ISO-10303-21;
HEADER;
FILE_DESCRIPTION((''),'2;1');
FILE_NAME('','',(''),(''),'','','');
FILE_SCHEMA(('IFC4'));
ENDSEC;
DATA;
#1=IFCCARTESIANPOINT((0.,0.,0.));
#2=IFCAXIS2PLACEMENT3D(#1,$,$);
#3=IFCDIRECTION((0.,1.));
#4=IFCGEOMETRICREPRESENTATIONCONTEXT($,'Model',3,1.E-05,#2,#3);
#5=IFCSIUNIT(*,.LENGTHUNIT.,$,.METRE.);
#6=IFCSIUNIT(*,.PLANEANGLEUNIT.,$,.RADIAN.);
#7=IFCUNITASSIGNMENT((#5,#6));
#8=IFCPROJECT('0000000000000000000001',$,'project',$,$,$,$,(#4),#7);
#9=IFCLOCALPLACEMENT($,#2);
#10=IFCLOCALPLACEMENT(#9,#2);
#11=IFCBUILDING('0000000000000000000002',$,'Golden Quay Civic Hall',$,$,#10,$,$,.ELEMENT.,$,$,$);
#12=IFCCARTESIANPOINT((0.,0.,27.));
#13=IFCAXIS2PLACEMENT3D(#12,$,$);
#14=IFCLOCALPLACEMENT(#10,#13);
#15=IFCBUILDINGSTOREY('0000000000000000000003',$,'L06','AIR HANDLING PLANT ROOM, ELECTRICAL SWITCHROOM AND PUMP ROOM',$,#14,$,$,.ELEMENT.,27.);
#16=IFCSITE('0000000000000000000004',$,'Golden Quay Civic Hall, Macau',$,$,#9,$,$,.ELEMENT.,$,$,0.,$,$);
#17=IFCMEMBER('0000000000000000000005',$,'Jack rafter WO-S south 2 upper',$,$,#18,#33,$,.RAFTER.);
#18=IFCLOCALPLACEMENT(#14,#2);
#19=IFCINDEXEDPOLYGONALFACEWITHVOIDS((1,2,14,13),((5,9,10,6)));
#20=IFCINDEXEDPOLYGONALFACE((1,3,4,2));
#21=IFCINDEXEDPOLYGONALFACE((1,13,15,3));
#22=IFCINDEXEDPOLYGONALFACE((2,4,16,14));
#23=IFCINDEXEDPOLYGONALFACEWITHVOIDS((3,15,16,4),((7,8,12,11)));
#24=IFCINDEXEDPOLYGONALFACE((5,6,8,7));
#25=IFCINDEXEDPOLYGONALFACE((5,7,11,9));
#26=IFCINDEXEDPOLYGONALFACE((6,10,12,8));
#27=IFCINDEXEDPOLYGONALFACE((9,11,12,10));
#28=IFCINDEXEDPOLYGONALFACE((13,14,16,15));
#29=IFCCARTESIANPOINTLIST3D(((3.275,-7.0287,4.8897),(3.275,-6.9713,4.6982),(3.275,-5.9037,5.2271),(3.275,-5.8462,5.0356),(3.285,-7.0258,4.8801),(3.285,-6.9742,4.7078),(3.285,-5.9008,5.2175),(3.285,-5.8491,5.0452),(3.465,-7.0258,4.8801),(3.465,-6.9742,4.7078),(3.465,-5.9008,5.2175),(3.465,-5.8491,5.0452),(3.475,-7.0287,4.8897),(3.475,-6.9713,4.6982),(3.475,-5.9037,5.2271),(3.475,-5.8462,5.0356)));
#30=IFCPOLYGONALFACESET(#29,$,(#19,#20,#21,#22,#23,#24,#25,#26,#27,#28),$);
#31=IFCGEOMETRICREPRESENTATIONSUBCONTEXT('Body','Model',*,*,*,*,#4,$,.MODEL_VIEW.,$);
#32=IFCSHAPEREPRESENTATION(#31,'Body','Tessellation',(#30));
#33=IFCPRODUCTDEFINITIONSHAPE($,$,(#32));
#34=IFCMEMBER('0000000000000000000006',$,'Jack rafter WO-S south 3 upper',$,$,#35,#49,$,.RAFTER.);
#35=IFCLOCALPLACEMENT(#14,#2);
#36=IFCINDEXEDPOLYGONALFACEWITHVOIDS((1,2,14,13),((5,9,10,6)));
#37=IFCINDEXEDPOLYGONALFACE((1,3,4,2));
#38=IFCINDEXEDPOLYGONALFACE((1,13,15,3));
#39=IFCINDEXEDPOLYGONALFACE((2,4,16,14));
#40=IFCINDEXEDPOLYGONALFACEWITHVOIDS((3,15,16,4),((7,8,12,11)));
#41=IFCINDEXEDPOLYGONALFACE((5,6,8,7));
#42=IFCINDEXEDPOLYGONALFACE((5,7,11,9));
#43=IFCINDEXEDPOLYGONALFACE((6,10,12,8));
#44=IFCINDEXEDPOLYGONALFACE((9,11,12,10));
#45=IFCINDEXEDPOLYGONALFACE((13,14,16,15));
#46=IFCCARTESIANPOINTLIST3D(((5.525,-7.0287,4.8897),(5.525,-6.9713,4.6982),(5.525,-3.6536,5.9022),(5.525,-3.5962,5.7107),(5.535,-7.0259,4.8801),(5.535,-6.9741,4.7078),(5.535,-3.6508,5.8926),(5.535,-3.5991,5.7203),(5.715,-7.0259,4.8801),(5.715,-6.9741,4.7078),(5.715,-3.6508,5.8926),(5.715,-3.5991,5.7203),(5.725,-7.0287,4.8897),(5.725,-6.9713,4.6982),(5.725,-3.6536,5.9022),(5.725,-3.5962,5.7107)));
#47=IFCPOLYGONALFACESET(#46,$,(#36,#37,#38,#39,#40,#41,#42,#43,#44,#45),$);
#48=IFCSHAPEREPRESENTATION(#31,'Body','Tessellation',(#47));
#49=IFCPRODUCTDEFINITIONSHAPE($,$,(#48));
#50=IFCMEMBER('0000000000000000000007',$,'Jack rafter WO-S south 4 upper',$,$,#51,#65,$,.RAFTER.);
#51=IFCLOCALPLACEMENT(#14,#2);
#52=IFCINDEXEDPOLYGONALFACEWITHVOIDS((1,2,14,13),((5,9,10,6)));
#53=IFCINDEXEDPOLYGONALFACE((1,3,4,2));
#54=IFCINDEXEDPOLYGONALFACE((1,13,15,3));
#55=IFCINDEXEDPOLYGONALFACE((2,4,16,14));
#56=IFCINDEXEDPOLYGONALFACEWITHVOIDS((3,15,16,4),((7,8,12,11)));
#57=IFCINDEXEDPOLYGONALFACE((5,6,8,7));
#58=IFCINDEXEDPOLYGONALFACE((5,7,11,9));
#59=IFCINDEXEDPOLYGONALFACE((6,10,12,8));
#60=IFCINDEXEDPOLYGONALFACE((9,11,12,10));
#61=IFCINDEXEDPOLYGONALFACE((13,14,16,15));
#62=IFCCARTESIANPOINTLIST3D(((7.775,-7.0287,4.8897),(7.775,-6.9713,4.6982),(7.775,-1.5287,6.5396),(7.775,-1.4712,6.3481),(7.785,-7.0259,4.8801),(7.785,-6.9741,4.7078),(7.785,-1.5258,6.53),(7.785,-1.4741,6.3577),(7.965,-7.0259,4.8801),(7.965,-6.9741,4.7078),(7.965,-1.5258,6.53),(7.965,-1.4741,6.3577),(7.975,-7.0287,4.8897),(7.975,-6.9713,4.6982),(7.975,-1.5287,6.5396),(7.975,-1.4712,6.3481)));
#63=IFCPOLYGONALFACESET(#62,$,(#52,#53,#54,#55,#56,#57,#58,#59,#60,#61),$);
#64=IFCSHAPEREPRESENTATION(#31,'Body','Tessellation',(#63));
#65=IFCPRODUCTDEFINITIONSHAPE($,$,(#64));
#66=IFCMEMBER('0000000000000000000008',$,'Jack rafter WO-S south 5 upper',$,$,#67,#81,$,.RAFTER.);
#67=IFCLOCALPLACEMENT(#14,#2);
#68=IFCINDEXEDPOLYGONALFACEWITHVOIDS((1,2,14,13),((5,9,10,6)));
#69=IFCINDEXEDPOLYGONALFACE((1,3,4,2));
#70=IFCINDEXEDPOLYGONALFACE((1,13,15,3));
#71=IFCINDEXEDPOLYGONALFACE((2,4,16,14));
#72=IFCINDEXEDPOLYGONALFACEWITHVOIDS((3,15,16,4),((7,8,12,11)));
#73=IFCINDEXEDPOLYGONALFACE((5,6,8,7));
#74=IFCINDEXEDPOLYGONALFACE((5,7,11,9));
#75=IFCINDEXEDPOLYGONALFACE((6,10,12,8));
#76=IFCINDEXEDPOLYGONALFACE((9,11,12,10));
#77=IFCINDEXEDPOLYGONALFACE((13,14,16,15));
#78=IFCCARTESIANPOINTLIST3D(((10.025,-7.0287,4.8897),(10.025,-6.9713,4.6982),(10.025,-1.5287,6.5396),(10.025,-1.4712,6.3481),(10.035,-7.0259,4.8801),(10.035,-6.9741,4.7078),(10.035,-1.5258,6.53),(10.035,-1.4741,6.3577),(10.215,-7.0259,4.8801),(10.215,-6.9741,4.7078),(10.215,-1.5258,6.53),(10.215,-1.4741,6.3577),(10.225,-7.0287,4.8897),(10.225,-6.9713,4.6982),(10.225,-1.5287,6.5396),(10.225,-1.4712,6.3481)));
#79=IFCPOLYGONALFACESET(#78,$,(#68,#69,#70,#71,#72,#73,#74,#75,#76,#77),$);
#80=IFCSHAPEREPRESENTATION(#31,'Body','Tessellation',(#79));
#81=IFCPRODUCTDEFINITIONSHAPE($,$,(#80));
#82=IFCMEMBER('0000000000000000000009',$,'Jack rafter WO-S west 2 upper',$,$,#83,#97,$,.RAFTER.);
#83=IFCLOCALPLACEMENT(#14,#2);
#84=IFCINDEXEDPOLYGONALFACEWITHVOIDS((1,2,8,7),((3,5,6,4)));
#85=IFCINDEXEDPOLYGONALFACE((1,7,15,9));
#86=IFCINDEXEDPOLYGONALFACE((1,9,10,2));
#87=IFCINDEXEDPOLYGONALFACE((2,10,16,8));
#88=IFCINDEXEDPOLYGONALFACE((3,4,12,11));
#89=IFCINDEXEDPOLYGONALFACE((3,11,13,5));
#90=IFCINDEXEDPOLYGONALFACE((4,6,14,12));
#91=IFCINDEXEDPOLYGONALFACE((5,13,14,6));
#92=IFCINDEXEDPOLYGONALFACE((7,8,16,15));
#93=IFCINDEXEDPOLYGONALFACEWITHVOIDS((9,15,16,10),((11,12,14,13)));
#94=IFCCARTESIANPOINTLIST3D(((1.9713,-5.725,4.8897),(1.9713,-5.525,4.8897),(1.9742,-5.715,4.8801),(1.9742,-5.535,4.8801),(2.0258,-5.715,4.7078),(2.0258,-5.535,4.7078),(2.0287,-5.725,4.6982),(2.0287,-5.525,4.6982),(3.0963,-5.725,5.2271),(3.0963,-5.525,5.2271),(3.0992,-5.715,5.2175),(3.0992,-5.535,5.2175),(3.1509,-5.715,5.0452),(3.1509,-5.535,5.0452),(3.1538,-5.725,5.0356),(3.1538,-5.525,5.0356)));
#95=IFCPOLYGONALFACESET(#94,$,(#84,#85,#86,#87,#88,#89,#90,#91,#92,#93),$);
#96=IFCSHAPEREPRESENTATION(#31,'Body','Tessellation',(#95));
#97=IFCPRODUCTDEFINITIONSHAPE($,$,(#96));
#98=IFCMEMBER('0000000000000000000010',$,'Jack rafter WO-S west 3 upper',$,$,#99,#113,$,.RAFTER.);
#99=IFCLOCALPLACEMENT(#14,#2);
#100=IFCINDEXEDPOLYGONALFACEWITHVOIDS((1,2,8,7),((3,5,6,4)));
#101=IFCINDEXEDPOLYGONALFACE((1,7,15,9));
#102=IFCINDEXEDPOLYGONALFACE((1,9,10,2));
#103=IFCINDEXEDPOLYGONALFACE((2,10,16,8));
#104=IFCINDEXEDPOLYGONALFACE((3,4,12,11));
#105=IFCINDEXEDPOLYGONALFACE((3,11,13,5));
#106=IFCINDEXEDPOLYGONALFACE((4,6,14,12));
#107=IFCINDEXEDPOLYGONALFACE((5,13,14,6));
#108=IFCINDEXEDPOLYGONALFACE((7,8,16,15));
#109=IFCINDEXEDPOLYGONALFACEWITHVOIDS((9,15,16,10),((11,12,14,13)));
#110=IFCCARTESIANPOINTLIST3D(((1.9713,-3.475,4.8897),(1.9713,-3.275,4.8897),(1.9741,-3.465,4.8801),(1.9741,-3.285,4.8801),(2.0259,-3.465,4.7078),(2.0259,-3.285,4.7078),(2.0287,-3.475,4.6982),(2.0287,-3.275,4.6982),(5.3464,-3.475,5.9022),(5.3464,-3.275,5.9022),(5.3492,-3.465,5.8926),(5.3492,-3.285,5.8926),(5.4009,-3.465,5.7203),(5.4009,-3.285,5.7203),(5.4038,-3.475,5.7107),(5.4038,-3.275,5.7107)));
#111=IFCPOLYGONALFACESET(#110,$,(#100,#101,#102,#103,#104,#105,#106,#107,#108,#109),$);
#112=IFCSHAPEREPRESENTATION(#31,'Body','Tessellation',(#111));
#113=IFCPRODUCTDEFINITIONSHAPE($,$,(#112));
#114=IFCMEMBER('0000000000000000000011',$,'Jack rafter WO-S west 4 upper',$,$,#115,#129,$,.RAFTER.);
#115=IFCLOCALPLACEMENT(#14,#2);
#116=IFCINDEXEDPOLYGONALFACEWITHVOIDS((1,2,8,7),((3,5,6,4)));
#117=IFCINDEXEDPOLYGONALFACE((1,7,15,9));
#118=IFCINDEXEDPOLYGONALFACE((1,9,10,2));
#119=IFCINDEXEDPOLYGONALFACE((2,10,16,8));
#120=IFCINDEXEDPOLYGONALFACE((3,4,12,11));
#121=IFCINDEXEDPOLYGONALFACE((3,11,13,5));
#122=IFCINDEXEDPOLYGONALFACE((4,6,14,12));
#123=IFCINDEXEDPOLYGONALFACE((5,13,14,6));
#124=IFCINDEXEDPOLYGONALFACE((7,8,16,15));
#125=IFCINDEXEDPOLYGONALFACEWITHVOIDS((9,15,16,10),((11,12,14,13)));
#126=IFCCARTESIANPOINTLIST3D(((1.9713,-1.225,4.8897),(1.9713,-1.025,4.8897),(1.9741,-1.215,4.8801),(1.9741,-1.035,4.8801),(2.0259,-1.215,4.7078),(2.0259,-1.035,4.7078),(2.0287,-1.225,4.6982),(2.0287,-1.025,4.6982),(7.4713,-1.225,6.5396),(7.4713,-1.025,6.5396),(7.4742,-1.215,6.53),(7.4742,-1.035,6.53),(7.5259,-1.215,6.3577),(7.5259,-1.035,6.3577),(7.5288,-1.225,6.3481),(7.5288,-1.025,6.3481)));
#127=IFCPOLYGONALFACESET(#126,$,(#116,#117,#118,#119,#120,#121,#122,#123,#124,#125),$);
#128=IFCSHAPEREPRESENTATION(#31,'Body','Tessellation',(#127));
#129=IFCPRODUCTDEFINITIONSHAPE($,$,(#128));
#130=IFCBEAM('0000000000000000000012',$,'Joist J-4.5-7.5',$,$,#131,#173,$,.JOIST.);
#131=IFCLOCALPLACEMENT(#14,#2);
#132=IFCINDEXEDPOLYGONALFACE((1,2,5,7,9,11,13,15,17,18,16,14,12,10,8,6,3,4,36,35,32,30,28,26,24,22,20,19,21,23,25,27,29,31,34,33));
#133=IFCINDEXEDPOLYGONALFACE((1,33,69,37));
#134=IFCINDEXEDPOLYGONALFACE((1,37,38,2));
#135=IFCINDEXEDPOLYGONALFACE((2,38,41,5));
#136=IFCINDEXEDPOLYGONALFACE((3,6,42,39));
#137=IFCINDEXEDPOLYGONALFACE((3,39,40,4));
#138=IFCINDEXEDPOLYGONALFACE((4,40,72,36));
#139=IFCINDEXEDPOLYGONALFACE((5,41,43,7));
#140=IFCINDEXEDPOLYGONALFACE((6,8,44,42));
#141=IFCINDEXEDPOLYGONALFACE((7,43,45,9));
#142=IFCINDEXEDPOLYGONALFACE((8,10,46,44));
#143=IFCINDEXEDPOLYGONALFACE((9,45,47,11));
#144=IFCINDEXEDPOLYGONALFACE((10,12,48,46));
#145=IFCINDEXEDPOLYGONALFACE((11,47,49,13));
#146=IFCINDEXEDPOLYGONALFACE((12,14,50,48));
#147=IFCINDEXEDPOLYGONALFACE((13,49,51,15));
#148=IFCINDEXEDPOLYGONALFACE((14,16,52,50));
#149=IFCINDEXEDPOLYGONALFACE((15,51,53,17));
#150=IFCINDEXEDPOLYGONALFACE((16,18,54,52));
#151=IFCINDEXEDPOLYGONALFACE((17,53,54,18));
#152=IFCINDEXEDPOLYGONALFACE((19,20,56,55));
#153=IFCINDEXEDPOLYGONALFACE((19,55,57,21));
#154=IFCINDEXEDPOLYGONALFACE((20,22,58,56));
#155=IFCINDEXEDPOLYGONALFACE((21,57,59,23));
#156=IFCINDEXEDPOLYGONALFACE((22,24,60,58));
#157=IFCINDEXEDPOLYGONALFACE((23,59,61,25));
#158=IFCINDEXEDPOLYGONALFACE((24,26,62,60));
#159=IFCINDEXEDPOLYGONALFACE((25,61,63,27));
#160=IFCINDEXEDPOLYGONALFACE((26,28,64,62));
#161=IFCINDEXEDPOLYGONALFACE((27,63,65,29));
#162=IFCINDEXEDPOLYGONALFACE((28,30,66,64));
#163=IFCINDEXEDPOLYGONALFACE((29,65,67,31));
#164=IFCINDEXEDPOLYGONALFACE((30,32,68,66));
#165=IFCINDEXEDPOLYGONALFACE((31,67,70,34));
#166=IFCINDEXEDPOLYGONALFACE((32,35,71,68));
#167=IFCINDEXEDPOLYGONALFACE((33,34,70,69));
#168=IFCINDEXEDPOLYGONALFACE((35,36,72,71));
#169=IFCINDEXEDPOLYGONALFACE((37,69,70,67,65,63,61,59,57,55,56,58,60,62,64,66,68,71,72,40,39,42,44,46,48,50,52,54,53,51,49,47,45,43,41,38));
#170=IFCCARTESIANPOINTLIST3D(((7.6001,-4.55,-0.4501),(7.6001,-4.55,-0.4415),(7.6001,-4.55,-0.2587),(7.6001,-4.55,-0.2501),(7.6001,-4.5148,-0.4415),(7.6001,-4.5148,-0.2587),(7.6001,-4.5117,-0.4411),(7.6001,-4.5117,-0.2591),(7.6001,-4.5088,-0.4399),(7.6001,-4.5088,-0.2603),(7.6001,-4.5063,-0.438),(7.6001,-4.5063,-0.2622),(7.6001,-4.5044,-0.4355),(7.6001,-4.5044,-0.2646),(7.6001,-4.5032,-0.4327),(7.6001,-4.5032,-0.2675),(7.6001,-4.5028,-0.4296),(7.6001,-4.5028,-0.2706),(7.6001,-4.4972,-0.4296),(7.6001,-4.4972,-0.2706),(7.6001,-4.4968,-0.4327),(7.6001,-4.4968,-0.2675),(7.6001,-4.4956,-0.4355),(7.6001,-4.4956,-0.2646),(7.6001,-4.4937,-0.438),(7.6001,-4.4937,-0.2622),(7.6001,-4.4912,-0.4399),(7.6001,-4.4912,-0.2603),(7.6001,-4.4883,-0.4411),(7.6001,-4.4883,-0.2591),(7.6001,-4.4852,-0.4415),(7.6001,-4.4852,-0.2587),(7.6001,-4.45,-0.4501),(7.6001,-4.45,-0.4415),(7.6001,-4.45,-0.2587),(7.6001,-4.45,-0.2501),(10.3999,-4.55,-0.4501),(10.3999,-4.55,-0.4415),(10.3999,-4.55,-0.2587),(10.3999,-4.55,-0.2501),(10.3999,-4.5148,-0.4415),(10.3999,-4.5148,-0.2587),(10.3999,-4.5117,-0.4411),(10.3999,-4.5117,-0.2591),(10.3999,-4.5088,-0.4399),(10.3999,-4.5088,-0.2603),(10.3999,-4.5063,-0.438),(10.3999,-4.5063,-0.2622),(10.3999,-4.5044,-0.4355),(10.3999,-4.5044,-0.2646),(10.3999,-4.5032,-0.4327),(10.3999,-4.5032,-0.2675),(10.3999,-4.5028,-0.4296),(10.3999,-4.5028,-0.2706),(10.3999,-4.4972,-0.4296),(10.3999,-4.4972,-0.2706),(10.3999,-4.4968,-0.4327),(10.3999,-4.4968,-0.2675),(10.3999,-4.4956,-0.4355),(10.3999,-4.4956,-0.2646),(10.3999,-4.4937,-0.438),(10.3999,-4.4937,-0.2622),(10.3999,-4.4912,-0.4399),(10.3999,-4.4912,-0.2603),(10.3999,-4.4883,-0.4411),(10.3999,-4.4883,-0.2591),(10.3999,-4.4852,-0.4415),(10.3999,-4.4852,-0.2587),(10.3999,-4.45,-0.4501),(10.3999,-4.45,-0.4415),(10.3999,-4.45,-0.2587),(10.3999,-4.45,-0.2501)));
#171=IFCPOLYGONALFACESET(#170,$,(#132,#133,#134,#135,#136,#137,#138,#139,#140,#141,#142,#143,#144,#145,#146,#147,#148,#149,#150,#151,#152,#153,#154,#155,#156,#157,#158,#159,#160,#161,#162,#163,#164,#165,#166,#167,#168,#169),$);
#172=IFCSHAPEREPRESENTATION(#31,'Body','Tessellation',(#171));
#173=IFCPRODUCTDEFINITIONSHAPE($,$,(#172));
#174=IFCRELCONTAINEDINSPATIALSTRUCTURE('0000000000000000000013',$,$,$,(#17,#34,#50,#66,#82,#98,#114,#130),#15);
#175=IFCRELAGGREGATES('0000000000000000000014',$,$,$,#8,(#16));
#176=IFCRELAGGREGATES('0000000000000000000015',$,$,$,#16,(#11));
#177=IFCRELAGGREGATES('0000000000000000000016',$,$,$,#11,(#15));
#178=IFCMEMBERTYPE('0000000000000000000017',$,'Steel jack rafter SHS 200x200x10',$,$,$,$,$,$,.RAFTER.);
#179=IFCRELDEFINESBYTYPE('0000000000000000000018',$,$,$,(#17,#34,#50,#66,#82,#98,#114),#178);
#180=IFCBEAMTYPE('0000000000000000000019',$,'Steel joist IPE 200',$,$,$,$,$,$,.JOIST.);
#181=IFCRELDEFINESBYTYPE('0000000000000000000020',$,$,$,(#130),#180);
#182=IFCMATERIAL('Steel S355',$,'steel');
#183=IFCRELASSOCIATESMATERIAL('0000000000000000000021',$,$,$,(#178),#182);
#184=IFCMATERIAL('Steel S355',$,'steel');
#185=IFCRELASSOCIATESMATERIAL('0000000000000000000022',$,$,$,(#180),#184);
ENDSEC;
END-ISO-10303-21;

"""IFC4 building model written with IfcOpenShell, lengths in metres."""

from ifc_helpers import new_model, si_unit, direction, frame, origin, origin_2d, place, context, subcontext, project, spatial, hollow_rectangle, i_section, extrude, material, material_profile, profile_set, type_object, element, save


model = new_model("IFC4")

# Units and contexts
model_context = context("Model", 3, precision=1e-05, world=origin(), true_north=direction((0.0, 1.0)))
body_context = subcontext(model_context, "Body", "Model", "MODEL_VIEW")
ifc_project = project(units=[si_unit("LENGTHUNIT", "METRE"), si_unit("PLANEANGLEUNIT", "RADIAN")], contexts=[model_context])

# Site, building, storey
site_placement = place(None, origin())
site = spatial("IfcSite", under=ifc_project, at=site_placement, Name="Golden Quay Civic Hall, Macau", CompositionType="ELEMENT", RefElevation=0.0)
building_placement = place(site_placement, origin())
building = spatial("IfcBuilding", under=site, at=building_placement, Name="Golden Quay Civic Hall", CompositionType="ELEMENT")
storey_placement = place(building_placement, frame((0.0, 0.0, 27.0)))
storey = spatial("IfcBuildingStorey", under=building, at=storey_placement, Name="L06", Description="AIR HANDLING PLANT ROOM, ELECTRICAL SWITCHROOM AND PUMP ROOM", CompositionType="ELEMENT", Elevation=27.0)

# Members
ifc_material_1 = material(Name="Steel S355", Category="steel")
ifc_material_profile_1 = material_profile(ifc_material_1, hollow_rectangle(XDim=0.2, YDim=0.2, WallThickness=0.01, at=origin_2d()), Name="SHS 200x200x10")
ifc_profile_set_1 = profile_set([ifc_material_profile_1], Name="Steel S355")
member_type_1 = type_object("IfcMemberType", Name="Steel jack rafter SHS 200x200x10", PredefinedType="RAFTER", material=ifc_profile_set_1)
member_1_placement = place(storey_placement, frame((3.375, -7.0, 4.7939), z_axis=(0.0, 0.957849, 0.287272), x_axis=(-1.0, 0.0, 0.0)))
element("IfcMember", 1, at=member_1_placement, inside=storey, type_object=member_type_1, Name="Jack rafter WO-S south 2 upper", PredefinedType="RAFTER", context=body_context, shape_type="SweptSolid", body=[
    extrude(hollow_rectangle(XDim=0.2, YDim=0.2, WallThickness=0.01, at=origin_2d()), origin(), (0.0, 0.0, 1.0), 1.1746),
])
member_2_placement = place(storey_placement, frame((5.625, -7.0, 4.7939), z_axis=(0.0, 0.95783, 0.287335), x_axis=(-1.0, 0.0, 0.0)))
element("IfcMember", 2, at=member_2_placement, inside=storey, type_object=member_type_1, Name="Jack rafter WO-S south 3 upper", PredefinedType="RAFTER", context=body_context, shape_type="SweptSolid", body=[
    extrude(hollow_rectangle(XDim=0.2, YDim=0.2, WallThickness=0.01, at=origin_2d()), origin(), (0.0, 0.0, 1.0), 3.5237),
])
for number, where, z_axis, x_axis, name in (
    (3, (7.875, -7.0, 4.7939), (0.0, 0.957831, 0.287332), (-1.0, 0.0, 0.0), "Jack rafter WO-S south 4 upper"),
    (4, (10.125, -7.0, 4.7939), (0.0, 0.957831, 0.287332), (-1.0, 0.0, 0.0), "Jack rafter WO-S south 5 upper"),
):
    element("IfcMember", number, at=place(storey_placement, frame(where, z_axis=z_axis, x_axis=x_axis)), inside=storey, type_object=member_type_1, Name=name, PredefinedType="RAFTER", context=body_context, shape_type="SweptSolid", body=[
        extrude(hollow_rectangle(XDim=0.2, YDim=0.2, WallThickness=0.01, at=origin_2d()), origin(), (0.0, 0.0, 1.0), 5.7422),
    ])
member_3_placement = place(storey_placement, frame((2.0, -5.625, 4.7939), z_axis=(0.957849, 0.0, 0.287272), x_axis=(0.0, 1.0, 0.0)))
element("IfcMember", 5, at=member_3_placement, inside=storey, type_object=member_type_1, Name="Jack rafter WO-S west 2 upper", PredefinedType="RAFTER", context=body_context, shape_type="SweptSolid", body=[
    extrude(hollow_rectangle(XDim=0.2, YDim=0.2, WallThickness=0.01, at=origin_2d()), origin(), (0.0, 0.0, 1.0), 1.1746),
])
member_4_placement = place(storey_placement, frame((2.0, -3.375, 4.7939), z_axis=(0.95783, 0.0, 0.287335), x_axis=(0.0, 1.0, 0.0)))
element("IfcMember", 6, at=member_4_placement, inside=storey, type_object=member_type_1, Name="Jack rafter WO-S west 3 upper", PredefinedType="RAFTER", context=body_context, shape_type="SweptSolid", body=[
    extrude(hollow_rectangle(XDim=0.2, YDim=0.2, WallThickness=0.01, at=origin_2d()), origin(), (0.0, 0.0, 1.0), 3.5237),
])
member_5_placement = place(storey_placement, frame((2.0, -1.125, 4.7939), z_axis=(0.957831, 0.0, 0.287332), x_axis=(0.0, 1.0, 0.0)))
element("IfcMember", 7, at=member_5_placement, inside=storey, type_object=member_type_1, Name="Jack rafter WO-S west 4 upper", PredefinedType="RAFTER", context=body_context, shape_type="SweptSolid", body=[
    extrude(hollow_rectangle(XDim=0.2, YDim=0.2, WallThickness=0.01, at=origin_2d()), origin(), (0.0, 0.0, 1.0), 5.7422),
])

# Beam
ifc_material_2 = material(Name="Steel S355", Category="steel")
ifc_material_profile_2 = material_profile(ifc_material_2, i_section(OverallWidth=0.1001, OverallDepth=0.2, WebThickness=0.0056, FlangeThickness=0.0085, FilletRadius=0.012, at=origin_2d()), Name="IPE 200")
ifc_profile_set_2 = profile_set([ifc_material_profile_2], Name="Steel S355")
beam_type_1 = type_object("IfcBeamType", Name="Steel joist IPE 200", PredefinedType="JOIST", material=ifc_profile_set_2)
for number, where, z_axis, x_axis, name in (
    (8, (7.6001, -4.5, -0.3501), (1.0, 0.0, 0.0), (0.0, 1.0, 0.0), "Joist J-4.5-7.5"),
):
    element("IfcBeam", number, at=place(storey_placement, frame(where, z_axis=z_axis, x_axis=x_axis)), inside=storey, type_object=beam_type_1, Name=name, PredefinedType="JOIST", context=body_context, shape_type="SweptSolid", body=[
        extrude(i_section(OverallWidth=0.1001, OverallDepth=0.2, WebThickness=0.0056, FlangeThickness=0.0085, FilletRadius=0.012, at=origin_2d()), origin(), (0.0, 0.0, 1.0), 2.7998),
    ])

save(model, "model.ifc")
